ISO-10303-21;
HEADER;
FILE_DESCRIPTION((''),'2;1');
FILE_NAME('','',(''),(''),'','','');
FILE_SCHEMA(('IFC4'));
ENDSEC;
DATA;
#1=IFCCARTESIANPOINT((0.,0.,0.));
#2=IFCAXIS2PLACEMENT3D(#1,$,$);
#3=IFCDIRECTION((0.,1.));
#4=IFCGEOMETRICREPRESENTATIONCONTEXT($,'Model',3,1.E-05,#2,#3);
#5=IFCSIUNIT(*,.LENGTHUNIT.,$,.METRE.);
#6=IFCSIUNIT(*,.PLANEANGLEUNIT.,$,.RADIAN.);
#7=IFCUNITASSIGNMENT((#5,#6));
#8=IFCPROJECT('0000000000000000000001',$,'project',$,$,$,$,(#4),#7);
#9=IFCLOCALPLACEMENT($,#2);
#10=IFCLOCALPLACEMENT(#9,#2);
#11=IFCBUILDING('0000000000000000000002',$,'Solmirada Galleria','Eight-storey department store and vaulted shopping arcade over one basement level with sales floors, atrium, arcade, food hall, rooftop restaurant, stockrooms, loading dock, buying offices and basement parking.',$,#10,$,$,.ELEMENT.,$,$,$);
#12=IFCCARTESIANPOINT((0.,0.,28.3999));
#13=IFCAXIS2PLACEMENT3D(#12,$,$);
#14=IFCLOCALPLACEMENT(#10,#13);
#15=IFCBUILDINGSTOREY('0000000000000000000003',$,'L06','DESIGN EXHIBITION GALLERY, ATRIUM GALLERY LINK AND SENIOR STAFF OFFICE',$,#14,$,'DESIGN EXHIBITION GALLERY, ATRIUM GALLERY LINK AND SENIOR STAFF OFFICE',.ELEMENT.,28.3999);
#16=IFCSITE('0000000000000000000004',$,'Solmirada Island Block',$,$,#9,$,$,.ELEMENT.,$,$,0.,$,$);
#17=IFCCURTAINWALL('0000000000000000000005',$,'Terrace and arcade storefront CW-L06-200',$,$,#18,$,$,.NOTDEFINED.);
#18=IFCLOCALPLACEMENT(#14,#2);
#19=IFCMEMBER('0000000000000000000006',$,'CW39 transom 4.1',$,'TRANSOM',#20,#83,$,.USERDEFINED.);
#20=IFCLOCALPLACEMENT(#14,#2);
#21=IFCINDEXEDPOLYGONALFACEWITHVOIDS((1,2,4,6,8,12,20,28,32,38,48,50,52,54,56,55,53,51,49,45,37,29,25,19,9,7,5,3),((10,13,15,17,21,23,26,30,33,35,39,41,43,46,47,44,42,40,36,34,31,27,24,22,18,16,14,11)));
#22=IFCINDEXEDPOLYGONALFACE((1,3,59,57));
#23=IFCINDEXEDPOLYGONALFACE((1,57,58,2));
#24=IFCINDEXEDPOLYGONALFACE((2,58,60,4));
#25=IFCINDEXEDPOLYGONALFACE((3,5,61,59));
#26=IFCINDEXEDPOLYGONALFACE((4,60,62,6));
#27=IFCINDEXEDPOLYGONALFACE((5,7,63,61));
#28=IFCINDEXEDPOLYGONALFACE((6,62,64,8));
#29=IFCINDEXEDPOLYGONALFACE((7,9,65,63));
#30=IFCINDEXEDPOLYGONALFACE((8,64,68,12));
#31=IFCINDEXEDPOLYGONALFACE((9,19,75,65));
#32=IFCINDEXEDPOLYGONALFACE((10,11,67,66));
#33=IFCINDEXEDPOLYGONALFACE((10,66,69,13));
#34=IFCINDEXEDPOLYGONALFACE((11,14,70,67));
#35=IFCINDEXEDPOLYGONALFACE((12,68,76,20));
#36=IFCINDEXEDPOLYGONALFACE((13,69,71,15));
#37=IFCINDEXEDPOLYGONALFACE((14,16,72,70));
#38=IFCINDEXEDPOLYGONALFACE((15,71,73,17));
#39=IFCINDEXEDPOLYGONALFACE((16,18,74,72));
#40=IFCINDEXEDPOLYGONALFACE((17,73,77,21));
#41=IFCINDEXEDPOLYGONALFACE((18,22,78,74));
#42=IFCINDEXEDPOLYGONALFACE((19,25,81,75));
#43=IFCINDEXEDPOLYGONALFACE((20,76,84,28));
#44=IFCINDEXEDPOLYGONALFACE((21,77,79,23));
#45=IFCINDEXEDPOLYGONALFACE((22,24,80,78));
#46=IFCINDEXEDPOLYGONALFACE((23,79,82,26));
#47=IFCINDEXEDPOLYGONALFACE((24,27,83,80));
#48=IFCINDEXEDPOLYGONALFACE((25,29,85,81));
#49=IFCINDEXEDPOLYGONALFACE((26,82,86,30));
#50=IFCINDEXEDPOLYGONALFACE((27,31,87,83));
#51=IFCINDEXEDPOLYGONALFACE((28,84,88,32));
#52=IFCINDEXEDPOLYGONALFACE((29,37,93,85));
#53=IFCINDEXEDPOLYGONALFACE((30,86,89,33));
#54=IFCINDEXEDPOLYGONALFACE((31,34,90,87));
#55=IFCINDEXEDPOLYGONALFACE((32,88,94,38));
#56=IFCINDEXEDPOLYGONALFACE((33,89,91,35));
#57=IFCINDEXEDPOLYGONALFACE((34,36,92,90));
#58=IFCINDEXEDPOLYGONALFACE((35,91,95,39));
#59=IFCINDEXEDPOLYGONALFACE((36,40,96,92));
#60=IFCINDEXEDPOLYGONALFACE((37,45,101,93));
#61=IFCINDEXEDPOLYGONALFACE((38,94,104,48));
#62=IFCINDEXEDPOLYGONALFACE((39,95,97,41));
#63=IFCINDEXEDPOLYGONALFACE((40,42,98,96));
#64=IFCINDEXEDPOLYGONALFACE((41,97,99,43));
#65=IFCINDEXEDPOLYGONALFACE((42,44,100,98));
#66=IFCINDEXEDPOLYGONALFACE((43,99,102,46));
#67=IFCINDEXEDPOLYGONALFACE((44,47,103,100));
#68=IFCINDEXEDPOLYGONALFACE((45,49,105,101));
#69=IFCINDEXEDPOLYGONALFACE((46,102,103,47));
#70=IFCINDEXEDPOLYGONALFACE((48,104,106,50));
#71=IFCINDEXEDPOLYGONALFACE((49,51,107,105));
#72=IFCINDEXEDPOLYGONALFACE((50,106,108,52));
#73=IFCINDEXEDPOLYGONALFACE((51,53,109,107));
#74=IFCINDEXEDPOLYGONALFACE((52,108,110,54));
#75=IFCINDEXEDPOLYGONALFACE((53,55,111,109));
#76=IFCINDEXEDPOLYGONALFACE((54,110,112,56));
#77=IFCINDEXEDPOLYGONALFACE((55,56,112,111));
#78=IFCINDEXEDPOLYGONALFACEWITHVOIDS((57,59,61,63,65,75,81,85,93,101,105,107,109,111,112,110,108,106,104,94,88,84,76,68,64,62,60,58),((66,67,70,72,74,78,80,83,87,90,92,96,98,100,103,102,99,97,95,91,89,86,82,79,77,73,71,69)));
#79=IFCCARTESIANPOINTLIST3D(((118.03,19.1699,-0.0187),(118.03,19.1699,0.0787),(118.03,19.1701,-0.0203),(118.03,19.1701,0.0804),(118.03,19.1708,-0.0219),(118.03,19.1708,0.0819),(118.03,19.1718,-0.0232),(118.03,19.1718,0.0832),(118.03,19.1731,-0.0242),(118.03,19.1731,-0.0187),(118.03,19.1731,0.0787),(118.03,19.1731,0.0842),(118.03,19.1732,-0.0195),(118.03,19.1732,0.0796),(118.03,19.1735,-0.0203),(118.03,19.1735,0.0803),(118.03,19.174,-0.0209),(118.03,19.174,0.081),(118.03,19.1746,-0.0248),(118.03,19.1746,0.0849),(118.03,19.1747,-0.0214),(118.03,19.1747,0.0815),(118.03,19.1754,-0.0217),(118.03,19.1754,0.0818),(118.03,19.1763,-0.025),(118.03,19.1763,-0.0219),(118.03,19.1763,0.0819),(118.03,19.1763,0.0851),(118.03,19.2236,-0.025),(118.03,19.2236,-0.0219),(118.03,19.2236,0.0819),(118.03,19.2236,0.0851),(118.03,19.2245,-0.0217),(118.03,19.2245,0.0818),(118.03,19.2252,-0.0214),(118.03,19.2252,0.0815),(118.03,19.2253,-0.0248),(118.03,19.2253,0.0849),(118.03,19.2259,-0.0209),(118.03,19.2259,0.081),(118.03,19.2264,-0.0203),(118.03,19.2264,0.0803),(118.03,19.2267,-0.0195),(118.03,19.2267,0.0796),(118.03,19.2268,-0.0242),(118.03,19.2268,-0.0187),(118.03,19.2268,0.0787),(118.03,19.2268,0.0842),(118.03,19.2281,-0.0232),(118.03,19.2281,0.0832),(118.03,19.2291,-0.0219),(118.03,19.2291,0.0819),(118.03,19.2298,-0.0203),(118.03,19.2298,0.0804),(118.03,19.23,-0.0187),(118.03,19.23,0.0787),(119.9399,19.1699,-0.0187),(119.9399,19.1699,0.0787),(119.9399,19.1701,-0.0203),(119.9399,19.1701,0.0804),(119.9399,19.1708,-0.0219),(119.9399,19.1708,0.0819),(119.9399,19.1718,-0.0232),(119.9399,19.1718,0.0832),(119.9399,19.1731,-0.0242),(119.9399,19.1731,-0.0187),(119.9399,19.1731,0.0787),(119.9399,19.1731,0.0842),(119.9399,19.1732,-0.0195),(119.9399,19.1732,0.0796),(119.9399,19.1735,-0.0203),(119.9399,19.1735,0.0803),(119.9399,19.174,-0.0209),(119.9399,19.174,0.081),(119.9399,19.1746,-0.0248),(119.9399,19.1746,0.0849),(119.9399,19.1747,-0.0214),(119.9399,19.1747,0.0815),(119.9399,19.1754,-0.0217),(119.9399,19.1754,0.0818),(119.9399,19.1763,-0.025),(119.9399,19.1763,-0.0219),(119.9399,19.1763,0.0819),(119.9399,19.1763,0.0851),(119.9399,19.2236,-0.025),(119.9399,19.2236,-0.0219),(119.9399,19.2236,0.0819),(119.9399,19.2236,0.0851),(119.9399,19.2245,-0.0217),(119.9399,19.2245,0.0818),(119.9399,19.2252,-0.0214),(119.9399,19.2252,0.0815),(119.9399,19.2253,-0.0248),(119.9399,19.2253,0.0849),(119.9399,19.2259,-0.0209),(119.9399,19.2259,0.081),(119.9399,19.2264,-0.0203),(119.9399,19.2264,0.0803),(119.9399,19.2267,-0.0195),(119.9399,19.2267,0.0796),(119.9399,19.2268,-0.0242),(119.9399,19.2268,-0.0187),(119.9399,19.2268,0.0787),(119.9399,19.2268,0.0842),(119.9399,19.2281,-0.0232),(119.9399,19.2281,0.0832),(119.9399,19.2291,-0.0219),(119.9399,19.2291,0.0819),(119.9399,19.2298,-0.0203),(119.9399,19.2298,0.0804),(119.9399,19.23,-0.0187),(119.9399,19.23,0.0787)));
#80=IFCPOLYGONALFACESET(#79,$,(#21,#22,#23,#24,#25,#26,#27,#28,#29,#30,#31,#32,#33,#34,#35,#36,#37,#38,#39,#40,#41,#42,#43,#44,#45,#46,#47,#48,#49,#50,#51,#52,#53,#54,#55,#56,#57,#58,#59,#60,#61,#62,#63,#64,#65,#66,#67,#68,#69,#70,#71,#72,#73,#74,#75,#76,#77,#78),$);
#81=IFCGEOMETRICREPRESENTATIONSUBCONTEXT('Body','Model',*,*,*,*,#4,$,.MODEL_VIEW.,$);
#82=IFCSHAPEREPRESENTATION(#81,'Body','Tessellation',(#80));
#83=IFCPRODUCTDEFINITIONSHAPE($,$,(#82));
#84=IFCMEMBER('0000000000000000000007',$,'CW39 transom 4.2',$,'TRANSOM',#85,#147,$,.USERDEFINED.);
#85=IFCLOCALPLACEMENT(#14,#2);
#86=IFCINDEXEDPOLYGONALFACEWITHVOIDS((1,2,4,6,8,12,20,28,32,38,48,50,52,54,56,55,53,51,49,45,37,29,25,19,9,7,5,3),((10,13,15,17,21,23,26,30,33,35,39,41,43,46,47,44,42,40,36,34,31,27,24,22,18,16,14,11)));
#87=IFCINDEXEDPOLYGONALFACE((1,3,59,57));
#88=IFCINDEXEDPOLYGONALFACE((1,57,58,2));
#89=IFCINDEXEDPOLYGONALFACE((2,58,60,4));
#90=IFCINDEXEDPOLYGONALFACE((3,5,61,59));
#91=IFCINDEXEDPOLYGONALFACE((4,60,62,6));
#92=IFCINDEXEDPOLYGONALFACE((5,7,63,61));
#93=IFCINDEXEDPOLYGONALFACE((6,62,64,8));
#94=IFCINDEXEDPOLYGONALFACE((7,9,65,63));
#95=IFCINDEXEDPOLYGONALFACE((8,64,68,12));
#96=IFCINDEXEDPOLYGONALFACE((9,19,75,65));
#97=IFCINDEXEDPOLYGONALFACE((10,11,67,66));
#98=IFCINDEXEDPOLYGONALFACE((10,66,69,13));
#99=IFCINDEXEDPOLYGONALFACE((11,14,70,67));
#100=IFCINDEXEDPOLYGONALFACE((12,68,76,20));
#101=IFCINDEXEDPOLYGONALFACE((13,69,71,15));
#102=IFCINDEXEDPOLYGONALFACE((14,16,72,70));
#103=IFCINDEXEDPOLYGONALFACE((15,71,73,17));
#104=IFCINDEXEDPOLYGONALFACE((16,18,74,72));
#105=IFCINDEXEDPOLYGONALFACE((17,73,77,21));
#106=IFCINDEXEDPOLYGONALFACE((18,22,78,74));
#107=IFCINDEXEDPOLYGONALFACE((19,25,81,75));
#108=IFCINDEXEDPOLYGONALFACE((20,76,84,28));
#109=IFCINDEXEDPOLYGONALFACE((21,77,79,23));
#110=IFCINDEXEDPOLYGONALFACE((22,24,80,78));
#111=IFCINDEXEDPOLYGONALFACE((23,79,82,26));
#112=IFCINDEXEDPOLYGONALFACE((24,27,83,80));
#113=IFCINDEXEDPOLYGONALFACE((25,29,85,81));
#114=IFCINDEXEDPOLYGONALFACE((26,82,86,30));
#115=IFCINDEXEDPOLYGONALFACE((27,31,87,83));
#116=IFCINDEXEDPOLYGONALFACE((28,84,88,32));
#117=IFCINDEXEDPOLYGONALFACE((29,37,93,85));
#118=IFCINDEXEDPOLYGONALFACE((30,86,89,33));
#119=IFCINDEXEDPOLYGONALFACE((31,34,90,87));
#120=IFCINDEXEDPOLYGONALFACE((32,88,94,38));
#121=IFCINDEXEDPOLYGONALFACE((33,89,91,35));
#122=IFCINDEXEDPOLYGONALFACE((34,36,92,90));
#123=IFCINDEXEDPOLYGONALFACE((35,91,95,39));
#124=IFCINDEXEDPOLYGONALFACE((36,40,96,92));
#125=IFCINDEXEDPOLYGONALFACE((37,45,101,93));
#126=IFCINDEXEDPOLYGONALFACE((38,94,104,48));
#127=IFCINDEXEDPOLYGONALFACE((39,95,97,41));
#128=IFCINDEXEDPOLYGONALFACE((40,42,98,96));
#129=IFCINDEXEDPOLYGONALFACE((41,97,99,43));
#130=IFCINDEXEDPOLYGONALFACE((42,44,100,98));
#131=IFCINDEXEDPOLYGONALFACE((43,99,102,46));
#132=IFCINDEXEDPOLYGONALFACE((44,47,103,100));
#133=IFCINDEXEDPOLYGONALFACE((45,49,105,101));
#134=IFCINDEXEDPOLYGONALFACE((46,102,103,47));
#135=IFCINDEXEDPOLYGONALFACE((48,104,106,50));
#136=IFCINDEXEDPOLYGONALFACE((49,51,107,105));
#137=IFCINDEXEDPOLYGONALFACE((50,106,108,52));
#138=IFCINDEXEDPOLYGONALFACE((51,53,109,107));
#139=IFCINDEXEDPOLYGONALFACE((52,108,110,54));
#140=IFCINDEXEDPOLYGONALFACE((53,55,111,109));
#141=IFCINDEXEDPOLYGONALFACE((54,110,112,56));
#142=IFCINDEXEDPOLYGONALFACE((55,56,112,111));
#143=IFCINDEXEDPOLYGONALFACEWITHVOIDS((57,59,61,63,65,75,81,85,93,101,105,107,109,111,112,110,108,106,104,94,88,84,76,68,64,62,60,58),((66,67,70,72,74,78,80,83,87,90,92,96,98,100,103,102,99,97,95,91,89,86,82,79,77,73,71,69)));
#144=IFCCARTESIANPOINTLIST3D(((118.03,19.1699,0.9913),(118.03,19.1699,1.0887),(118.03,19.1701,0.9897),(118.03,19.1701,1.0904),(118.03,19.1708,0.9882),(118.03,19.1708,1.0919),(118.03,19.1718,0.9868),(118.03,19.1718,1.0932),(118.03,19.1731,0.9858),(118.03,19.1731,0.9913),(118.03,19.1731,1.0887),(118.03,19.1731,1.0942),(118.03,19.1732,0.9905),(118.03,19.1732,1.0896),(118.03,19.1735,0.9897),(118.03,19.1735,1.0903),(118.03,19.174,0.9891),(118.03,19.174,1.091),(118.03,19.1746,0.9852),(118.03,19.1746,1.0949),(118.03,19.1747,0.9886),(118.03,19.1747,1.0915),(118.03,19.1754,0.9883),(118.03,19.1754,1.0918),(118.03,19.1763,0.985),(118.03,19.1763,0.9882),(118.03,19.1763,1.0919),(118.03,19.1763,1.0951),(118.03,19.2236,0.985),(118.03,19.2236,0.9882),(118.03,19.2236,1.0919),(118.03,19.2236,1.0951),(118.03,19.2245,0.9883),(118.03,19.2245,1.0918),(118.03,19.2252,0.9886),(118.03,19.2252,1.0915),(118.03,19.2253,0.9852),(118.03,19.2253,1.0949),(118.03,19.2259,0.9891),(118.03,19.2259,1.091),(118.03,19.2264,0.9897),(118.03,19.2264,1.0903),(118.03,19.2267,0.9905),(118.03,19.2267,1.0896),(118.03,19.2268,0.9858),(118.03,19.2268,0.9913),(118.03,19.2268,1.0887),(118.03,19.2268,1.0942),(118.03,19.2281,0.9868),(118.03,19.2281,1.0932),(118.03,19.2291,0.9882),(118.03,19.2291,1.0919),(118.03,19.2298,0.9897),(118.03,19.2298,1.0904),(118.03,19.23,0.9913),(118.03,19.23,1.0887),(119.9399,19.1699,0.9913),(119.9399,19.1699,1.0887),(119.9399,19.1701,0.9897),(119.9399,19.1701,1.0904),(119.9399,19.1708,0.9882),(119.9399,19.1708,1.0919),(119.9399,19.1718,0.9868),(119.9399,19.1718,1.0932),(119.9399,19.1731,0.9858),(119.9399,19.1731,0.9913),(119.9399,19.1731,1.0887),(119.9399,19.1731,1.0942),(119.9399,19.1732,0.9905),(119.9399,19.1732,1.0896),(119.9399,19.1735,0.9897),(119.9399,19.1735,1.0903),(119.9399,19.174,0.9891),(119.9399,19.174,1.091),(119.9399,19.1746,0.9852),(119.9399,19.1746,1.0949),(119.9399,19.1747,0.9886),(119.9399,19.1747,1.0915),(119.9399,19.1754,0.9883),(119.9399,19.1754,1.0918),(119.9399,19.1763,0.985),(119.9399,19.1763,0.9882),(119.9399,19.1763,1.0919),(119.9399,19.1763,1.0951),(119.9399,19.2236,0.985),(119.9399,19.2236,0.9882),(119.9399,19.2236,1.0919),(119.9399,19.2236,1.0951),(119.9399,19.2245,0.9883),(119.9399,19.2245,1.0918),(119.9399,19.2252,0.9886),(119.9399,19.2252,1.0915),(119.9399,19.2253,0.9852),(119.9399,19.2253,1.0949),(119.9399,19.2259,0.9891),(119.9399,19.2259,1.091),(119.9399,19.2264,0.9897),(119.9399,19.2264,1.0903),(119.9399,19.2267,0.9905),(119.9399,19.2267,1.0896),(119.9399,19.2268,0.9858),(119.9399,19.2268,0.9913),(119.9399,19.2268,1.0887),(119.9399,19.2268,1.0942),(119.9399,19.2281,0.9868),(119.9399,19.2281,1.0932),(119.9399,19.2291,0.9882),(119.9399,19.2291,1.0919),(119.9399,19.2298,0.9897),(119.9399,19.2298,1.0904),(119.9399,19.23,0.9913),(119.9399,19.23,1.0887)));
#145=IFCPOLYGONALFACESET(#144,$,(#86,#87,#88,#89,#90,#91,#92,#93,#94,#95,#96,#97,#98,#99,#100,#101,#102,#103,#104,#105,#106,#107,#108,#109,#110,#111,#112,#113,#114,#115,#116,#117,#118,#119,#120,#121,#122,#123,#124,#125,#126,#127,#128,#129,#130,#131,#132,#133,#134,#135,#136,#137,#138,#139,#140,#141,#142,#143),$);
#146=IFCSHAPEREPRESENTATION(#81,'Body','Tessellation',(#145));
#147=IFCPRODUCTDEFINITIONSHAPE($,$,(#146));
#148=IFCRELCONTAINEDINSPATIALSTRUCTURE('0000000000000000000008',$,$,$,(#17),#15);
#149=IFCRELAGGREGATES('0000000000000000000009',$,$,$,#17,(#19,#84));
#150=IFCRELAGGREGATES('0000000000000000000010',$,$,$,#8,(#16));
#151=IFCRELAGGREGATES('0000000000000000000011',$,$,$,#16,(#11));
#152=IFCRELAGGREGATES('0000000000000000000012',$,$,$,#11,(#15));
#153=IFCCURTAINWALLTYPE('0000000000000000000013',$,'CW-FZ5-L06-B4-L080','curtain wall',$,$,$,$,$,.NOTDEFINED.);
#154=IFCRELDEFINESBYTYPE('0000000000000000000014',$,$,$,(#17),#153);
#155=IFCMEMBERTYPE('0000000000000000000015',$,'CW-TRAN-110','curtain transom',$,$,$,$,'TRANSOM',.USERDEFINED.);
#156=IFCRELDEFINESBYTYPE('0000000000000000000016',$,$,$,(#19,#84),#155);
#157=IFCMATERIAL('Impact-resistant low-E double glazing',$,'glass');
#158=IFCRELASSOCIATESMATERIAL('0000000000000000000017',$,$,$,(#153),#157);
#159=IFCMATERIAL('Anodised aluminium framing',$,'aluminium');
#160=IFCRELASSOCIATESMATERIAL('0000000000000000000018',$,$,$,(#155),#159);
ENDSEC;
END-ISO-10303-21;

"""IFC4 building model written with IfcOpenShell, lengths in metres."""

from ifc_helpers import new_model, si_unit, direction, frame, origin, origin_2d, place, context, subcontext, project, spatial, hollow_rectangle, extrude, material, material_profile, profile_set, type_object, element, aggregate, save


model = new_model("IFC4")

# Units and contexts
model_context = context("Model", 3, precision=1e-05, world=origin(), true_north=direction((0.0, 1.0)))
body_context = subcontext(model_context, "Body", "Model", "MODEL_VIEW")
ifc_project = project(units=[si_unit("LENGTHUNIT", "METRE"), si_unit("PLANEANGLEUNIT", "RADIAN")], contexts=[model_context])

# Site, building, storey
site_placement = place(None, origin())
site = spatial("IfcSite", under=ifc_project, at=site_placement, Name="Solmirada Island Block", CompositionType="ELEMENT", RefElevation=0.0)
building_placement = place(site_placement, origin())
building = spatial("IfcBuilding", under=site, at=building_placement, Name="Solmirada Galleria", Description="Eight-storey department store and vaulted shopping arcade over one basement level with sales floors, atrium, arcade, food hall, rooftop restaurant, stockrooms, loading dock, buying offices and basement parking.", CompositionType="ELEMENT")
storey_placement = place(building_placement, frame((0.0, 0.0, 28.3999)))
storey = spatial("IfcBuildingStorey", under=building, at=storey_placement, Name="L06", Description="DESIGN EXHIBITION GALLERY, ATRIUM GALLERY LINK AND SENIOR STAFF OFFICE", LongName="DESIGN EXHIBITION GALLERY, ATRIUM GALLERY LINK AND SENIOR STAFF OFFICE", CompositionType="ELEMENT", Elevation=28.3999)

# Curtain wall, members
ifc_material_1 = material(Name="Impact-resistant low-E double glazing", Category="glass")
curtain_wall_type = type_object("IfcCurtainWallType", Name="CW-FZ5-L06-B4-L080", Description="curtain wall", PredefinedType="NOTDEFINED", material=ifc_material_1)
curtain_wall_placement = place(storey_placement, origin())
curtain_wall = element("IfcCurtainWall", 1, at=curtain_wall_placement, inside=storey, type_object=curtain_wall_type, Name="Terrace and arcade storefront CW-L06-200", PredefinedType="NOTDEFINED")
ifc_material_2 = material(Name="Anodised aluminium framing", Category="aluminium")
ifc_material_profile_1 = material_profile(ifc_material_2, hollow_rectangle(XDim=0.0601, YDim=0.1101, WallThickness=0.0032, InnerFilletRadius=0.0032, OuterFilletRadius=0.0063, at=origin_2d()), Name="ALU-TRAN-110X60")
ifc_profile_set_1 = profile_set([ifc_material_profile_1], Name="Anodised aluminium framing")
member_type_1 = type_object("IfcMemberType", Name="CW-TRAN-110", Description="curtain transom", ElementType="TRANSOM", PredefinedType="USERDEFINED", material=ifc_profile_set_1)
member_1_placement = place(storey_placement, frame((118.03, 19.2, 0.03), z_axis=(1.0, 0.0, 0.0), x_axis=(0.0, 1.0, 0.0)))
member_1 = element("IfcMember", 2, at=member_1_placement, type_object=member_type_1, Name="CW39 transom 4.1", ObjectType="TRANSOM", PredefinedType="USERDEFINED", context=body_context, shape_type="SweptSolid", body=[
    extrude(hollow_rectangle(XDim=0.0601, YDim=0.1101, WallThickness=0.0032, InnerFilletRadius=0.0032, OuterFilletRadius=0.0063, at=origin_2d()), origin(), (0.0, 0.0, 1.0), 1.9099),
])
member_2_placement = place(storey_placement, frame((118.03, 19.2, 1.04), z_axis=(1.0, 0.0, 0.0), x_axis=(0.0, 1.0, 0.0)))
member_2 = element("IfcMember", 3, at=member_2_placement, type_object=member_type_1, Name="CW39 transom 4.2", ObjectType="TRANSOM", PredefinedType="USERDEFINED", context=body_context, shape_type="SweptSolid", body=[
    extrude(hollow_rectangle(XDim=0.0601, YDim=0.1101, WallThickness=0.0032, InnerFilletRadius=0.0032, OuterFilletRadius=0.0063, at=origin_2d()), origin(), (0.0, 0.0, 1.0), 1.9099),
])
aggregate(curtain_wall, [member_1, member_2])

save(model, "model.ifc")
